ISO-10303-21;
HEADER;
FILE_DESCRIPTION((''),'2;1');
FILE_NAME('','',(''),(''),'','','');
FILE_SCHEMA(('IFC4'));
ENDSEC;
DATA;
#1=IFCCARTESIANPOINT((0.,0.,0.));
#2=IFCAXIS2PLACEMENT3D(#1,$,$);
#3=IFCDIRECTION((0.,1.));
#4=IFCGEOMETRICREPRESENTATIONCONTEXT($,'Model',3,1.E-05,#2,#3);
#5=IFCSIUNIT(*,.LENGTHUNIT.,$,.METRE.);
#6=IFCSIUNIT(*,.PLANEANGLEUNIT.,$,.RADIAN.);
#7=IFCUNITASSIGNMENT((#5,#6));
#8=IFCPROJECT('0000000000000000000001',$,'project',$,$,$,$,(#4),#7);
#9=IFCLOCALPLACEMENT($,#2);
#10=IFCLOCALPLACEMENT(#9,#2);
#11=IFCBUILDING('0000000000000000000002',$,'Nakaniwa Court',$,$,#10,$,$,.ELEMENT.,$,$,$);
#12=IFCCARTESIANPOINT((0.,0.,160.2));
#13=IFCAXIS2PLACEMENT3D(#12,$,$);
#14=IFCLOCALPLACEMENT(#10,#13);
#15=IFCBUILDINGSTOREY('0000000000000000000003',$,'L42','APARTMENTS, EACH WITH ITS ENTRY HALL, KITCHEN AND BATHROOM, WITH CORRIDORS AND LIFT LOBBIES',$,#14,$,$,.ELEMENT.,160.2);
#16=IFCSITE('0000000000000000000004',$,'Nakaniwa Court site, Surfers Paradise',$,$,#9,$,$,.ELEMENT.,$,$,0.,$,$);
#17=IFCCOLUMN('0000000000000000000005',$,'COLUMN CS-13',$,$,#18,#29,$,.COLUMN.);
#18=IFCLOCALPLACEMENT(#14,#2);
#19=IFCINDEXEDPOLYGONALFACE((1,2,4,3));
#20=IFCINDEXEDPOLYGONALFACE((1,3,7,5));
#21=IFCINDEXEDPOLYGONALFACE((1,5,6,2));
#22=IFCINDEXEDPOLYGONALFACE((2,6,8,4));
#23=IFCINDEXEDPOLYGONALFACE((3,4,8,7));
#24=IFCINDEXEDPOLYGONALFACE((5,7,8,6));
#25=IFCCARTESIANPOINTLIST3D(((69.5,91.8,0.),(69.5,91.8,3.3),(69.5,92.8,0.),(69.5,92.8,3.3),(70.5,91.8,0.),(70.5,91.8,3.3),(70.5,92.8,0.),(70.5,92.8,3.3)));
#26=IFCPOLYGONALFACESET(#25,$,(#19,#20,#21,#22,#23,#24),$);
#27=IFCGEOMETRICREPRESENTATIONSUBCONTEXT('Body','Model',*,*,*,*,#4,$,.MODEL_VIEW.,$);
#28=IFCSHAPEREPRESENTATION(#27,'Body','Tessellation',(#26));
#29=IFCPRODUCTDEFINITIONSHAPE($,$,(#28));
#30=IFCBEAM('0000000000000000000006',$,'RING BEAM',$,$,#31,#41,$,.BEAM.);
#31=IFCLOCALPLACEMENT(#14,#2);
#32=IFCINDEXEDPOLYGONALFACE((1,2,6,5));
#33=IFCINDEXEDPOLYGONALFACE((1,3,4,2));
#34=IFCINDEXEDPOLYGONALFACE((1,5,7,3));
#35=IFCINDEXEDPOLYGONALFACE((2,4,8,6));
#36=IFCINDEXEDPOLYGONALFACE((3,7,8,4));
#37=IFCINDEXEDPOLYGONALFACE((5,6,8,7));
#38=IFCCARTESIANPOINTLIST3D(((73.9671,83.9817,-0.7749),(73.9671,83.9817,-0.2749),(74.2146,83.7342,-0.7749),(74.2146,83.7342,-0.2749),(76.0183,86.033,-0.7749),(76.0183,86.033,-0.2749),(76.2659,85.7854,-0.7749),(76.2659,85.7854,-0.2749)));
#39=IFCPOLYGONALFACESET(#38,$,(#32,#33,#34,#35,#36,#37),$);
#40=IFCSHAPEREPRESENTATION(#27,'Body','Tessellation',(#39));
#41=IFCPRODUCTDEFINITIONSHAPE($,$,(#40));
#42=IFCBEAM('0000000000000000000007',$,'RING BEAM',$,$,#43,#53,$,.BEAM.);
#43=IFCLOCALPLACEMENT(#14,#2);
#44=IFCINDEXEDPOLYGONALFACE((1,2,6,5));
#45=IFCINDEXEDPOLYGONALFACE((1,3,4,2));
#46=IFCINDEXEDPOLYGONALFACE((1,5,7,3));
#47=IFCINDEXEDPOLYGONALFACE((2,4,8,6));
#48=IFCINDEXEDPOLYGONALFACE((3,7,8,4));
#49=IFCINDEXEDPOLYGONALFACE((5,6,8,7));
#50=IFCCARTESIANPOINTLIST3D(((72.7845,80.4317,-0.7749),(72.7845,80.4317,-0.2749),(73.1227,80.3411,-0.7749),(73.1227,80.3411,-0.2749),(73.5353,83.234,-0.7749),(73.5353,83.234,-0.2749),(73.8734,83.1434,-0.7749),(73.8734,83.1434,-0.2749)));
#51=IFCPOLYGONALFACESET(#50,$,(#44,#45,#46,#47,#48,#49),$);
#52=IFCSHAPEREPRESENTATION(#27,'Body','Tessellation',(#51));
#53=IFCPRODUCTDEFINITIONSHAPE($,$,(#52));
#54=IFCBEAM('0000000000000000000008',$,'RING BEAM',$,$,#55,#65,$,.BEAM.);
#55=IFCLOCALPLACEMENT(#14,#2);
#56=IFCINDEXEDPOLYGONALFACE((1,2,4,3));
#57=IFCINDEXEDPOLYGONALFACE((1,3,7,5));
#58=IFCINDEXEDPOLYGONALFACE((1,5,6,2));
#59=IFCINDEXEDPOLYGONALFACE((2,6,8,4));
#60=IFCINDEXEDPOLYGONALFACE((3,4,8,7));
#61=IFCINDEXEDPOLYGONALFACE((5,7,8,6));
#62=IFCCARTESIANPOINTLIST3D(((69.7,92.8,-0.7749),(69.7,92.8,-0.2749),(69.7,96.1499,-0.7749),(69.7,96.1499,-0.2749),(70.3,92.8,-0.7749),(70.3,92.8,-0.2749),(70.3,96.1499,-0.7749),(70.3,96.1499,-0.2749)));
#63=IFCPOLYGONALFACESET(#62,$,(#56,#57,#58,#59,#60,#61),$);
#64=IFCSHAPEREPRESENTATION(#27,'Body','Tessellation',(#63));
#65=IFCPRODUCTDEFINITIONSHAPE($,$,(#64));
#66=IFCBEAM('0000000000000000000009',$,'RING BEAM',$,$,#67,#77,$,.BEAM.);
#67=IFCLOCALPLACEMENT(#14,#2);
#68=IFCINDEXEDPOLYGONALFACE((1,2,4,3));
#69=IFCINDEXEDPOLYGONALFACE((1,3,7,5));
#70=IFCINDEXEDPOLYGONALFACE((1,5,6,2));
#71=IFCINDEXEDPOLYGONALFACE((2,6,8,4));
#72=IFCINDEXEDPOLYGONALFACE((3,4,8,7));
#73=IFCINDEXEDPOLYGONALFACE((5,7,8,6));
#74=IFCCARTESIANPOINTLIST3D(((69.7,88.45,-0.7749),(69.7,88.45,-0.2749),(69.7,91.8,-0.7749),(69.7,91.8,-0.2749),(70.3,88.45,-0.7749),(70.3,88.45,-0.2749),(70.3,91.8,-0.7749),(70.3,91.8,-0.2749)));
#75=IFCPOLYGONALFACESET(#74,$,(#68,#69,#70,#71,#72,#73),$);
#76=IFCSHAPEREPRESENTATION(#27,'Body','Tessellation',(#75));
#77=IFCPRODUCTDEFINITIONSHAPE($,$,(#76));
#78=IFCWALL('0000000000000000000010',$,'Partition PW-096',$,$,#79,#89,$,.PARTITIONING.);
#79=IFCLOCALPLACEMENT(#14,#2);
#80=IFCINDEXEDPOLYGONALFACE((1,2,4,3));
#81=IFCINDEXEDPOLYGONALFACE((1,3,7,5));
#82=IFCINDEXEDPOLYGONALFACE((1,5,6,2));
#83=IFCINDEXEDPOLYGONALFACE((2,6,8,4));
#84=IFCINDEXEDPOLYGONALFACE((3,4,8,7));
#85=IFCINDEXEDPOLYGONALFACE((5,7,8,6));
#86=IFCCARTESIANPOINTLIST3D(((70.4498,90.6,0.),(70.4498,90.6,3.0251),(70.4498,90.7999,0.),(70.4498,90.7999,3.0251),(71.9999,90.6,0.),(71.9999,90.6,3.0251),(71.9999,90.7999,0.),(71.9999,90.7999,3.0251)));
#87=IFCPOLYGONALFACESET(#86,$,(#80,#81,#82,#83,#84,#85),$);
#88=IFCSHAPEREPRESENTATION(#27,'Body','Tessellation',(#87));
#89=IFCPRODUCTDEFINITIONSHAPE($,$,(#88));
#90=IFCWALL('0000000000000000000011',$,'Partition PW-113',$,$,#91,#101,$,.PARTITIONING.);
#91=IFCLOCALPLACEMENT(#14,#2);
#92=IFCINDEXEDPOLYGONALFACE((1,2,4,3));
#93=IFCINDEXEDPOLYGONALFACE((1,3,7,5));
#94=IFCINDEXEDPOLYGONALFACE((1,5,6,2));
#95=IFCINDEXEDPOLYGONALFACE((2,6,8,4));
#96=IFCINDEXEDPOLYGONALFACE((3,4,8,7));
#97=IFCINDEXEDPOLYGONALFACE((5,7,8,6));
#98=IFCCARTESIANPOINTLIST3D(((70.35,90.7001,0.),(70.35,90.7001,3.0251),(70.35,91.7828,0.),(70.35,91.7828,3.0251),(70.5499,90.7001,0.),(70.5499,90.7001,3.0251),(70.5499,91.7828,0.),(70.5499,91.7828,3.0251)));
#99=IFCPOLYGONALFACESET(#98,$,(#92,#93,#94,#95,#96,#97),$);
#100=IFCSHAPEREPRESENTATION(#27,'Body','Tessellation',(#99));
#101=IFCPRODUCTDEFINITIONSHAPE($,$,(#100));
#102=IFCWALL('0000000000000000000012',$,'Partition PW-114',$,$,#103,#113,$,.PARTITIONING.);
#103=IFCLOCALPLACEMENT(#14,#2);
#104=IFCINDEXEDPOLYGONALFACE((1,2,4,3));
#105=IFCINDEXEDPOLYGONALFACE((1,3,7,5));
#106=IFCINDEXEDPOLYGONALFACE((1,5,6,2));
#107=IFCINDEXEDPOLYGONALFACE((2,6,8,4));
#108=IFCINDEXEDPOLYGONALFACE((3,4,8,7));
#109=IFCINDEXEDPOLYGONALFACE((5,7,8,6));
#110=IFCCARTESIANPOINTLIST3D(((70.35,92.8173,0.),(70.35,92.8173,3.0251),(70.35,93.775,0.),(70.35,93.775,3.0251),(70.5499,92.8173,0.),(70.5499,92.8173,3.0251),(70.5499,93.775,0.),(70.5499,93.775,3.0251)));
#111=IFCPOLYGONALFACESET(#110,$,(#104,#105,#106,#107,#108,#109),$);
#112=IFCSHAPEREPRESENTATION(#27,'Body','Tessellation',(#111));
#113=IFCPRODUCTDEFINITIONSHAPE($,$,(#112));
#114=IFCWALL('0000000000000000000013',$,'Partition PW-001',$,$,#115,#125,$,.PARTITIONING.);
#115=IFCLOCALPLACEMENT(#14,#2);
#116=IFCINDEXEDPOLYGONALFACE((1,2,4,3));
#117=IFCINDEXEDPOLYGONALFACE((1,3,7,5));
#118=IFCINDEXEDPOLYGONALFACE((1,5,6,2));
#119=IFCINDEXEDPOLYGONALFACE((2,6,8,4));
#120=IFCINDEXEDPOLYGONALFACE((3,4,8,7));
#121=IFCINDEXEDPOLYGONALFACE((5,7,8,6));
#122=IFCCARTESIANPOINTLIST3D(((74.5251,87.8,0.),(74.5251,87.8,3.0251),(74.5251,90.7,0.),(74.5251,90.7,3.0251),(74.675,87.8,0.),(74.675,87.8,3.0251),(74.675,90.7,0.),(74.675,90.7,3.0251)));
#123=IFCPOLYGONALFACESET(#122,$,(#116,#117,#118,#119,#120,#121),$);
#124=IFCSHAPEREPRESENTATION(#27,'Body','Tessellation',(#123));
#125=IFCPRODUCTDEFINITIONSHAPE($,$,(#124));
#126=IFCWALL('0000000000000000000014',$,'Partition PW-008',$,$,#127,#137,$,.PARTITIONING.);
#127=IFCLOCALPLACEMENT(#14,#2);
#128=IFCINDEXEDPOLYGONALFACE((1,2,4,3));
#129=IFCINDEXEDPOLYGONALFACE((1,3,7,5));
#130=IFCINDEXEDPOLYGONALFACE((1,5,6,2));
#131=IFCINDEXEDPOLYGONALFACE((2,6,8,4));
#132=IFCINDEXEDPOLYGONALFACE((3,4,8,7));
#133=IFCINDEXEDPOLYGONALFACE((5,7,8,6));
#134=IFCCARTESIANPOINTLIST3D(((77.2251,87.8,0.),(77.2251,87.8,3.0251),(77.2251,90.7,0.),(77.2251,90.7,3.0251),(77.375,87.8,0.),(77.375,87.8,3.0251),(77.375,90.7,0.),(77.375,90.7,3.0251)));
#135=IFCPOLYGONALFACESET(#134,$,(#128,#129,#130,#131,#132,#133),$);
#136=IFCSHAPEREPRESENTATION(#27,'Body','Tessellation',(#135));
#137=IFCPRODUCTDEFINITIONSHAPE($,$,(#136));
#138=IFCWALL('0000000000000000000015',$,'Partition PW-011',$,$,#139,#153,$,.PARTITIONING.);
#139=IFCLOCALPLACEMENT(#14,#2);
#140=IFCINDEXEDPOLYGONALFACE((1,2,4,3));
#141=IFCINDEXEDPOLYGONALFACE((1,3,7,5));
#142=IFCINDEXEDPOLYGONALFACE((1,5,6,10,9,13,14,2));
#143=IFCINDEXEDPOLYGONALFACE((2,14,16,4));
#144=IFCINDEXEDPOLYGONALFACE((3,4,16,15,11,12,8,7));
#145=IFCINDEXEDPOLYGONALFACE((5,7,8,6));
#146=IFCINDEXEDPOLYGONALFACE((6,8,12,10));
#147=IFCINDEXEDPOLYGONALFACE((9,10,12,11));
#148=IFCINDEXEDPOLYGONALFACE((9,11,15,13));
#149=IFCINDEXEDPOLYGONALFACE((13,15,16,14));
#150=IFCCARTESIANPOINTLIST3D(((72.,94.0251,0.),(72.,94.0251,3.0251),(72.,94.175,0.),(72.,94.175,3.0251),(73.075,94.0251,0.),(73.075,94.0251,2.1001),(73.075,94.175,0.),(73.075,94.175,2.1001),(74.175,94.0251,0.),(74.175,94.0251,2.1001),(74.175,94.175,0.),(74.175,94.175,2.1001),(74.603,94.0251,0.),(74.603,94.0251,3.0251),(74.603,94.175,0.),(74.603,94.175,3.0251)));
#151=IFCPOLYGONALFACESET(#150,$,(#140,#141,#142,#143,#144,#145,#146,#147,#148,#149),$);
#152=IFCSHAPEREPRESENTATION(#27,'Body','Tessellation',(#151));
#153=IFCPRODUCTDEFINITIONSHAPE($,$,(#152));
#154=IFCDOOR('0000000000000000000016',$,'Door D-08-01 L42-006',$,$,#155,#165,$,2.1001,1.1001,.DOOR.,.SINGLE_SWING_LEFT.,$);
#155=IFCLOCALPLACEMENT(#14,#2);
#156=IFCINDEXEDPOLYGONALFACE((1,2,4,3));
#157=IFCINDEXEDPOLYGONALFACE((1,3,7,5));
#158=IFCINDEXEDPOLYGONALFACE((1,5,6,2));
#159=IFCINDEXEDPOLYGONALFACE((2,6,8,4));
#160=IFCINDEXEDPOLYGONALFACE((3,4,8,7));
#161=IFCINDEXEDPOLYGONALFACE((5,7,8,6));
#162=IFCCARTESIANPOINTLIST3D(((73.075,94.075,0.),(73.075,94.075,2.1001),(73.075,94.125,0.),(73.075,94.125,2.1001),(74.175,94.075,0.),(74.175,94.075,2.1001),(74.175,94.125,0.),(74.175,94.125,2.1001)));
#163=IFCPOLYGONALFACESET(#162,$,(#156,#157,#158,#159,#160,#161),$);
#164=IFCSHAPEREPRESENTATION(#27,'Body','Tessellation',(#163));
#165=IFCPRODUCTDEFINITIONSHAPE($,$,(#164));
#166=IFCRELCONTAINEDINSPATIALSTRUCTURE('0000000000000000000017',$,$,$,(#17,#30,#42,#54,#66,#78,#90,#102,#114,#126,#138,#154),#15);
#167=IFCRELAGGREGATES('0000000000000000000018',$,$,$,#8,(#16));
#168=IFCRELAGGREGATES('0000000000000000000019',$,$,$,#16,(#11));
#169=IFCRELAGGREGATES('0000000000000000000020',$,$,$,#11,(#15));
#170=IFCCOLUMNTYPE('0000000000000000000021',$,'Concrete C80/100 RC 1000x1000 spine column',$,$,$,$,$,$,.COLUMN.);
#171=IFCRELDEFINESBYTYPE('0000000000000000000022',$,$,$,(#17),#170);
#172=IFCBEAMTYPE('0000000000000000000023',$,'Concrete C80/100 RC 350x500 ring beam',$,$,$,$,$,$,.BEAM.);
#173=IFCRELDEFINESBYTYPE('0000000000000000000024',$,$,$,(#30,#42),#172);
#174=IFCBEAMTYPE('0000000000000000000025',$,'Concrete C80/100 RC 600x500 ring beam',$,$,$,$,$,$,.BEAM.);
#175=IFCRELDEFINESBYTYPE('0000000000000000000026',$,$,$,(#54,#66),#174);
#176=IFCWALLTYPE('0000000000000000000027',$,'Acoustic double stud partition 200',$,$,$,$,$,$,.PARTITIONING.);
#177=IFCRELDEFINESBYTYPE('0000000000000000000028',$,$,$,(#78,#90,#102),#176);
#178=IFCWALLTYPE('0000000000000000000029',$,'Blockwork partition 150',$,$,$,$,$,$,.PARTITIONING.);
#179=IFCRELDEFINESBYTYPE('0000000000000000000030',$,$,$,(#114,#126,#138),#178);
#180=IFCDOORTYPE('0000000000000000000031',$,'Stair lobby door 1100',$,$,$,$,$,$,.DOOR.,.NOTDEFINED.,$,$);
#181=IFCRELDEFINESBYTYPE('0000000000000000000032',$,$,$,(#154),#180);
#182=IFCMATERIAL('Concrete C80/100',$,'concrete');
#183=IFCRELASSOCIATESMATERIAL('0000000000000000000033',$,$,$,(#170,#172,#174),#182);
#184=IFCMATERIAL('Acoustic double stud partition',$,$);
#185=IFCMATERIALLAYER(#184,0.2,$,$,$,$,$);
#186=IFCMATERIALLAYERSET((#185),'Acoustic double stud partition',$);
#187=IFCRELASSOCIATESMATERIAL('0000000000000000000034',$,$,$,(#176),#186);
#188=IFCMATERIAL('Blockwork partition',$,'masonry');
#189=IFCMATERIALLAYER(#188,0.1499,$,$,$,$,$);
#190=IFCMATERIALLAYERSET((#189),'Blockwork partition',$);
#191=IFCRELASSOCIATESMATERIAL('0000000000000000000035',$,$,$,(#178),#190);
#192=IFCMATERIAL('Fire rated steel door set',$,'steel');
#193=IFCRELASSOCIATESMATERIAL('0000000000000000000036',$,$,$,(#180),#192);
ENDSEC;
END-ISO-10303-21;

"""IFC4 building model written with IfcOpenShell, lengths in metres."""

from ifc_helpers import new_model, si_unit, direction, frame, frame_2d, origin, origin_2d, place, context, subcontext, project, spatial, rectangle, extrude, material, layer, layer_set, material_profile, profile_set, type_object, element, fill, save


model = new_model("IFC4")

# Units and contexts
model_context = context("Model", 3, precision=1e-05, world=origin(), true_north=direction((0.0, 1.0)))
body_context = subcontext(model_context, "Body", "Model", "MODEL_VIEW")
ifc_project = project(units=[si_unit("LENGTHUNIT", "METRE"), si_unit("PLANEANGLEUNIT", "RADIAN")], contexts=[model_context])

# Site, building, storey
site_placement = place(None, origin())
site = spatial("IfcSite", under=ifc_project, at=site_placement, Name="Nakaniwa Court site, Surfers Paradise", CompositionType="ELEMENT", RefElevation=0.0)
building_placement = place(site_placement, origin())
building = spatial("IfcBuilding", under=site, at=building_placement, Name="Nakaniwa Court", CompositionType="ELEMENT")
storey_placement = place(building_placement, frame((0.0, 0.0, 160.2)))
storey = spatial("IfcBuildingStorey", under=building, at=storey_placement, Name="L42", Description="APARTMENTS, EACH WITH ITS ENTRY HALL, KITCHEN AND BATHROOM, WITH CORRIDORS AND LIFT LOBBIES", CompositionType="ELEMENT", Elevation=160.2)

# Column
ifc_material_1 = material(Name="Concrete C80/100", Category="concrete")
ifc_material_profile_1 = material_profile(ifc_material_1, rectangle(XDim=1.0, YDim=1.0, at=origin_2d()), Name="Concrete C80/100 RC 1000x1000 spine column")
ifc_profile_set_1 = profile_set([ifc_material_profile_1], Name="Concrete C80/100")
column_type_1 = type_object("IfcColumnType", Name="Concrete C80/100 RC 1000x1000 spine column", PredefinedType="COLUMN", material=ifc_profile_set_1)
column_placement = place(storey_placement, frame((70.0, 92.3, 0.0), z_axis=(0.0, 0.0, 1.0), x_axis=(0.0, -1.0, 0.0)))
element("IfcColumn", 1, at=column_placement, inside=storey, type_object=column_type_1, Name="COLUMN CS-13", PredefinedType="COLUMN", context=body_context, shape_type="SweptSolid", body=[
    extrude(rectangle(XDim=1.0, YDim=1.0, at=origin_2d()), origin(), (0.0, 0.0, 1.0), 3.3),
])

# Beams
ifc_material_profile_2 = material_profile(ifc_material_1, rectangle(XDim=0.3501, YDim=0.5, at=origin_2d()), Name="Concrete C80/100 RC 350x500 ring beam")
ifc_profile_set_2 = profile_set([ifc_material_profile_2], Name="Concrete C80/100")
beam_type_1 = type_object("IfcBeamType", Name="Concrete C80/100 RC 350x500 ring beam", PredefinedType="BEAM", material=ifc_profile_set_2)
beam_1_placement = place(storey_placement, frame((76.1421, 85.9092, -0.5249), z_axis=(-0.707107, -0.707107, 0.0), x_axis=(0.707107, -0.707107, 0.0)))
element("IfcBeam", 2, at=beam_1_placement, inside=storey, type_object=beam_type_1, Name="RING BEAM", PredefinedType="BEAM", context=body_context, shape_type="SweptSolid", body=[
    extrude(rectangle(XDim=0.3501, YDim=0.5, at=origin_2d()), origin(), (0.0, 0.0, 1.0), 2.9009),
])
beam_2_placement = place(storey_placement, frame((73.7043, 83.1887, -0.5249), z_axis=(-0.258778, -0.965937, 0.0), x_axis=(0.965937, -0.258778, 0.0)))
element("IfcBeam", 3, at=beam_2_placement, inside=storey, type_object=beam_type_1, Name="RING BEAM", PredefinedType="BEAM", context=body_context, shape_type="SweptSolid", body=[
    extrude(rectangle(XDim=0.3501, YDim=0.5, at=origin_2d()), origin(), (0.0, 0.0, 1.0), 2.9011),
])
ifc_material_profile_3 = material_profile(ifc_material_1, rectangle(XDim=0.6001, YDim=0.5, at=origin_2d()), Name="Concrete C80/100 RC 600x500 ring beam")
ifc_profile_set_3 = profile_set([ifc_material_profile_3], Name="Concrete C80/100")
beam_type_2 = type_object("IfcBeamType", Name="Concrete C80/100 RC 600x500 ring beam", PredefinedType="BEAM", material=ifc_profile_set_3)
beam_3_placement = place(storey_placement, frame((70.0, 96.1499, -0.5249), z_axis=(0.0, -1.0, 0.0), x_axis=(1.0, 0.0, 0.0)))
element("IfcBeam", 4, at=beam_3_placement, inside=storey, type_object=beam_type_2, Name="RING BEAM", PredefinedType="BEAM", context=body_context, shape_type="SweptSolid", body=[
    extrude(rectangle(XDim=0.6001, YDim=0.5, at=origin_2d()), origin(), (0.0, 0.0, 1.0), 3.3499),
])
beam_4_placement = place(storey_placement, frame((70.0, 91.8, -0.5249), z_axis=(0.0, -1.0, 0.0), x_axis=(1.0, 0.0, 0.0)))
element("IfcBeam", 5, at=beam_4_placement, inside=storey, type_object=beam_type_2, Name="RING BEAM", PredefinedType="BEAM", context=body_context, shape_type="SweptSolid", body=[
    extrude(rectangle(XDim=0.6001, YDim=0.5, at=origin_2d()), origin(), (0.0, 0.0, 1.0), 3.3501),
])

# Walls
ifc_material_2 = material(Name="Acoustic double stud partition")
ifc_layer_1 = layer(ifc_material_2, 0.2)
ifc_layer_set_1 = layer_set([ifc_layer_1], Name="Acoustic double stud partition")
wall_type_1 = type_object("IfcWallType", Name="Acoustic double stud partition 200", PredefinedType="PARTITIONING", material=ifc_layer_set_1)
wall_1_placement = place(storey_placement, frame((70.45, 90.7, 0.0), z_axis=(0.0, 0.0, 1.0), x_axis=(1.0, 0.0, 0.0)))
element("IfcWall", 6, at=wall_1_placement, inside=storey, type_object=wall_type_1, Name="Partition PW-096", PredefinedType="PARTITIONING", context=body_context, shape_type="SweptSolid", body=[
    extrude(rectangle(XDim=1.55, YDim=0.2, at=frame_2d((0.7749, 0.0))), origin(), (0.0, 0.0, 1.0), 3.0251),
])
wall_2_placement = place(storey_placement, frame((70.45, 90.7, 0.0), z_axis=(0.0, 0.0, 1.0), x_axis=(0.0, 1.0, 0.0)))
element("IfcWall", 7, at=wall_2_placement, inside=storey, type_object=wall_type_1, Name="Partition PW-113", PredefinedType="PARTITIONING", context=body_context, shape_type="SweptSolid", body=[
    extrude(rectangle(XDim=1.0828, YDim=0.2, at=frame_2d((0.5415, 0.0))), origin(), (0.0, 0.0, 1.0), 3.0251),
])
wall_3_placement = place(storey_placement, frame((70.45, 92.8171, 0.0), z_axis=(0.0, 0.0, 1.0), x_axis=(0.0, 1.0, 0.0)))
element("IfcWall", 8, at=wall_3_placement, inside=storey, type_object=wall_type_1, Name="Partition PW-114", PredefinedType="PARTITIONING", context=body_context, shape_type="SweptSolid", body=[
    extrude(rectangle(XDim=0.9578, YDim=0.2, at=frame_2d((0.479, 0.0))), origin(), (0.0, 0.0, 1.0), 3.0251),
])
ifc_material_3 = material(Name="Blockwork partition", Category="masonry")
ifc_layer_2 = layer(ifc_material_3, 0.1499)
ifc_layer_set_2 = layer_set([ifc_layer_2], Name="Blockwork partition")
wall_type_2 = type_object("IfcWallType", Name="Blockwork partition 150", PredefinedType="PARTITIONING", material=ifc_layer_set_2)
for number, where, z_axis, x_axis, name in (
    (9, (74.6001, 87.8, 0.0), (0.0, 0.0, 1.0), (0.0, 1.0, 0.0), "Partition PW-001"),
    (10, (77.3, 87.8, 0.0), (0.0, 0.0, 1.0), (0.0, 1.0, 0.0), "Partition PW-008"),
):
    element("IfcWall", number, at=place(storey_placement, frame(where, z_axis=z_axis, x_axis=x_axis)), inside=storey, type_object=wall_type_2, Name=name, PredefinedType="PARTITIONING", context=body_context, shape_type="SweptSolid", body=[
        extrude(rectangle(XDim=2.8999, YDim=0.1499, at=frame_2d((1.45, 0.0))), origin(), (0.0, 0.0, 1.0), 3.0251),
    ])

# Wall, opening, door
wall_4_placement = place(storey_placement, frame((72.0, 94.1001, 0.0), z_axis=(0.0, 0.0, 1.0), x_axis=(1.0, 0.0, 0.0)))
wall_4 = element("IfcWall", 11, at=wall_4_placement, inside=storey, type_object=wall_type_2, Name="Partition PW-011", PredefinedType="PARTITIONING", context=body_context, shape_type="SweptSolid", body=[
    extrude(rectangle(XDim=2.603, YDim=0.1499, at=frame_2d((1.3015, 0.0))), origin(), (0.0, 0.0, 1.0), 3.0251),
])
opening_1_placement = place(wall_4_placement, frame((1.075, 0.0, 0.0)))
opening_1 = element("IfcOpeningElement", 12, at=opening_1_placement, cuts=wall_4, PredefinedType="OPENING", context=body_context, shape_type="SweptSolid", body=[
    extrude(rectangle(XDim=1.1001, YDim=2.1001, at=frame_2d((0.55, 1.05))), frame((0.0, 0.085, 0.0), z_axis=(0.0, -1.0, 0.0), x_axis=(1.0, 0.0, 0.0)), (0.0, 0.0, 1.0), 0.1699),
])
ifc_material_4 = material(Name="Fire rated steel door set", Category="steel")
door_type_1 = type_object("IfcDoorType", Name="Stair lobby door 1100", OperationType="NOTDEFINED", PredefinedType="DOOR", material=ifc_material_4)
door_1_placement = place(opening_1_placement, origin())
door_1 = element("IfcDoor", 13, at=door_1_placement, inside=storey, type_object=door_type_1, Name="Door D-08-01 L42-006", OperationType="SINGLE_SWING_LEFT", OverallHeight=2.1001, OverallWidth=1.1001, PredefinedType="DOOR", context=body_context, shape_type="SweptSolid", body=[
    extrude(rectangle(XDim=1.1001, YDim=2.1001, at=frame_2d((0.55, 1.05))), frame((0.0, 0.0249, 0.0), z_axis=(0.0, -1.0, 0.0), x_axis=(1.0, 0.0, 0.0)), (0.0, 0.0, 1.0), 0.05),
])
fill(opening_1, door_1)

save(model, "model.ifc")
